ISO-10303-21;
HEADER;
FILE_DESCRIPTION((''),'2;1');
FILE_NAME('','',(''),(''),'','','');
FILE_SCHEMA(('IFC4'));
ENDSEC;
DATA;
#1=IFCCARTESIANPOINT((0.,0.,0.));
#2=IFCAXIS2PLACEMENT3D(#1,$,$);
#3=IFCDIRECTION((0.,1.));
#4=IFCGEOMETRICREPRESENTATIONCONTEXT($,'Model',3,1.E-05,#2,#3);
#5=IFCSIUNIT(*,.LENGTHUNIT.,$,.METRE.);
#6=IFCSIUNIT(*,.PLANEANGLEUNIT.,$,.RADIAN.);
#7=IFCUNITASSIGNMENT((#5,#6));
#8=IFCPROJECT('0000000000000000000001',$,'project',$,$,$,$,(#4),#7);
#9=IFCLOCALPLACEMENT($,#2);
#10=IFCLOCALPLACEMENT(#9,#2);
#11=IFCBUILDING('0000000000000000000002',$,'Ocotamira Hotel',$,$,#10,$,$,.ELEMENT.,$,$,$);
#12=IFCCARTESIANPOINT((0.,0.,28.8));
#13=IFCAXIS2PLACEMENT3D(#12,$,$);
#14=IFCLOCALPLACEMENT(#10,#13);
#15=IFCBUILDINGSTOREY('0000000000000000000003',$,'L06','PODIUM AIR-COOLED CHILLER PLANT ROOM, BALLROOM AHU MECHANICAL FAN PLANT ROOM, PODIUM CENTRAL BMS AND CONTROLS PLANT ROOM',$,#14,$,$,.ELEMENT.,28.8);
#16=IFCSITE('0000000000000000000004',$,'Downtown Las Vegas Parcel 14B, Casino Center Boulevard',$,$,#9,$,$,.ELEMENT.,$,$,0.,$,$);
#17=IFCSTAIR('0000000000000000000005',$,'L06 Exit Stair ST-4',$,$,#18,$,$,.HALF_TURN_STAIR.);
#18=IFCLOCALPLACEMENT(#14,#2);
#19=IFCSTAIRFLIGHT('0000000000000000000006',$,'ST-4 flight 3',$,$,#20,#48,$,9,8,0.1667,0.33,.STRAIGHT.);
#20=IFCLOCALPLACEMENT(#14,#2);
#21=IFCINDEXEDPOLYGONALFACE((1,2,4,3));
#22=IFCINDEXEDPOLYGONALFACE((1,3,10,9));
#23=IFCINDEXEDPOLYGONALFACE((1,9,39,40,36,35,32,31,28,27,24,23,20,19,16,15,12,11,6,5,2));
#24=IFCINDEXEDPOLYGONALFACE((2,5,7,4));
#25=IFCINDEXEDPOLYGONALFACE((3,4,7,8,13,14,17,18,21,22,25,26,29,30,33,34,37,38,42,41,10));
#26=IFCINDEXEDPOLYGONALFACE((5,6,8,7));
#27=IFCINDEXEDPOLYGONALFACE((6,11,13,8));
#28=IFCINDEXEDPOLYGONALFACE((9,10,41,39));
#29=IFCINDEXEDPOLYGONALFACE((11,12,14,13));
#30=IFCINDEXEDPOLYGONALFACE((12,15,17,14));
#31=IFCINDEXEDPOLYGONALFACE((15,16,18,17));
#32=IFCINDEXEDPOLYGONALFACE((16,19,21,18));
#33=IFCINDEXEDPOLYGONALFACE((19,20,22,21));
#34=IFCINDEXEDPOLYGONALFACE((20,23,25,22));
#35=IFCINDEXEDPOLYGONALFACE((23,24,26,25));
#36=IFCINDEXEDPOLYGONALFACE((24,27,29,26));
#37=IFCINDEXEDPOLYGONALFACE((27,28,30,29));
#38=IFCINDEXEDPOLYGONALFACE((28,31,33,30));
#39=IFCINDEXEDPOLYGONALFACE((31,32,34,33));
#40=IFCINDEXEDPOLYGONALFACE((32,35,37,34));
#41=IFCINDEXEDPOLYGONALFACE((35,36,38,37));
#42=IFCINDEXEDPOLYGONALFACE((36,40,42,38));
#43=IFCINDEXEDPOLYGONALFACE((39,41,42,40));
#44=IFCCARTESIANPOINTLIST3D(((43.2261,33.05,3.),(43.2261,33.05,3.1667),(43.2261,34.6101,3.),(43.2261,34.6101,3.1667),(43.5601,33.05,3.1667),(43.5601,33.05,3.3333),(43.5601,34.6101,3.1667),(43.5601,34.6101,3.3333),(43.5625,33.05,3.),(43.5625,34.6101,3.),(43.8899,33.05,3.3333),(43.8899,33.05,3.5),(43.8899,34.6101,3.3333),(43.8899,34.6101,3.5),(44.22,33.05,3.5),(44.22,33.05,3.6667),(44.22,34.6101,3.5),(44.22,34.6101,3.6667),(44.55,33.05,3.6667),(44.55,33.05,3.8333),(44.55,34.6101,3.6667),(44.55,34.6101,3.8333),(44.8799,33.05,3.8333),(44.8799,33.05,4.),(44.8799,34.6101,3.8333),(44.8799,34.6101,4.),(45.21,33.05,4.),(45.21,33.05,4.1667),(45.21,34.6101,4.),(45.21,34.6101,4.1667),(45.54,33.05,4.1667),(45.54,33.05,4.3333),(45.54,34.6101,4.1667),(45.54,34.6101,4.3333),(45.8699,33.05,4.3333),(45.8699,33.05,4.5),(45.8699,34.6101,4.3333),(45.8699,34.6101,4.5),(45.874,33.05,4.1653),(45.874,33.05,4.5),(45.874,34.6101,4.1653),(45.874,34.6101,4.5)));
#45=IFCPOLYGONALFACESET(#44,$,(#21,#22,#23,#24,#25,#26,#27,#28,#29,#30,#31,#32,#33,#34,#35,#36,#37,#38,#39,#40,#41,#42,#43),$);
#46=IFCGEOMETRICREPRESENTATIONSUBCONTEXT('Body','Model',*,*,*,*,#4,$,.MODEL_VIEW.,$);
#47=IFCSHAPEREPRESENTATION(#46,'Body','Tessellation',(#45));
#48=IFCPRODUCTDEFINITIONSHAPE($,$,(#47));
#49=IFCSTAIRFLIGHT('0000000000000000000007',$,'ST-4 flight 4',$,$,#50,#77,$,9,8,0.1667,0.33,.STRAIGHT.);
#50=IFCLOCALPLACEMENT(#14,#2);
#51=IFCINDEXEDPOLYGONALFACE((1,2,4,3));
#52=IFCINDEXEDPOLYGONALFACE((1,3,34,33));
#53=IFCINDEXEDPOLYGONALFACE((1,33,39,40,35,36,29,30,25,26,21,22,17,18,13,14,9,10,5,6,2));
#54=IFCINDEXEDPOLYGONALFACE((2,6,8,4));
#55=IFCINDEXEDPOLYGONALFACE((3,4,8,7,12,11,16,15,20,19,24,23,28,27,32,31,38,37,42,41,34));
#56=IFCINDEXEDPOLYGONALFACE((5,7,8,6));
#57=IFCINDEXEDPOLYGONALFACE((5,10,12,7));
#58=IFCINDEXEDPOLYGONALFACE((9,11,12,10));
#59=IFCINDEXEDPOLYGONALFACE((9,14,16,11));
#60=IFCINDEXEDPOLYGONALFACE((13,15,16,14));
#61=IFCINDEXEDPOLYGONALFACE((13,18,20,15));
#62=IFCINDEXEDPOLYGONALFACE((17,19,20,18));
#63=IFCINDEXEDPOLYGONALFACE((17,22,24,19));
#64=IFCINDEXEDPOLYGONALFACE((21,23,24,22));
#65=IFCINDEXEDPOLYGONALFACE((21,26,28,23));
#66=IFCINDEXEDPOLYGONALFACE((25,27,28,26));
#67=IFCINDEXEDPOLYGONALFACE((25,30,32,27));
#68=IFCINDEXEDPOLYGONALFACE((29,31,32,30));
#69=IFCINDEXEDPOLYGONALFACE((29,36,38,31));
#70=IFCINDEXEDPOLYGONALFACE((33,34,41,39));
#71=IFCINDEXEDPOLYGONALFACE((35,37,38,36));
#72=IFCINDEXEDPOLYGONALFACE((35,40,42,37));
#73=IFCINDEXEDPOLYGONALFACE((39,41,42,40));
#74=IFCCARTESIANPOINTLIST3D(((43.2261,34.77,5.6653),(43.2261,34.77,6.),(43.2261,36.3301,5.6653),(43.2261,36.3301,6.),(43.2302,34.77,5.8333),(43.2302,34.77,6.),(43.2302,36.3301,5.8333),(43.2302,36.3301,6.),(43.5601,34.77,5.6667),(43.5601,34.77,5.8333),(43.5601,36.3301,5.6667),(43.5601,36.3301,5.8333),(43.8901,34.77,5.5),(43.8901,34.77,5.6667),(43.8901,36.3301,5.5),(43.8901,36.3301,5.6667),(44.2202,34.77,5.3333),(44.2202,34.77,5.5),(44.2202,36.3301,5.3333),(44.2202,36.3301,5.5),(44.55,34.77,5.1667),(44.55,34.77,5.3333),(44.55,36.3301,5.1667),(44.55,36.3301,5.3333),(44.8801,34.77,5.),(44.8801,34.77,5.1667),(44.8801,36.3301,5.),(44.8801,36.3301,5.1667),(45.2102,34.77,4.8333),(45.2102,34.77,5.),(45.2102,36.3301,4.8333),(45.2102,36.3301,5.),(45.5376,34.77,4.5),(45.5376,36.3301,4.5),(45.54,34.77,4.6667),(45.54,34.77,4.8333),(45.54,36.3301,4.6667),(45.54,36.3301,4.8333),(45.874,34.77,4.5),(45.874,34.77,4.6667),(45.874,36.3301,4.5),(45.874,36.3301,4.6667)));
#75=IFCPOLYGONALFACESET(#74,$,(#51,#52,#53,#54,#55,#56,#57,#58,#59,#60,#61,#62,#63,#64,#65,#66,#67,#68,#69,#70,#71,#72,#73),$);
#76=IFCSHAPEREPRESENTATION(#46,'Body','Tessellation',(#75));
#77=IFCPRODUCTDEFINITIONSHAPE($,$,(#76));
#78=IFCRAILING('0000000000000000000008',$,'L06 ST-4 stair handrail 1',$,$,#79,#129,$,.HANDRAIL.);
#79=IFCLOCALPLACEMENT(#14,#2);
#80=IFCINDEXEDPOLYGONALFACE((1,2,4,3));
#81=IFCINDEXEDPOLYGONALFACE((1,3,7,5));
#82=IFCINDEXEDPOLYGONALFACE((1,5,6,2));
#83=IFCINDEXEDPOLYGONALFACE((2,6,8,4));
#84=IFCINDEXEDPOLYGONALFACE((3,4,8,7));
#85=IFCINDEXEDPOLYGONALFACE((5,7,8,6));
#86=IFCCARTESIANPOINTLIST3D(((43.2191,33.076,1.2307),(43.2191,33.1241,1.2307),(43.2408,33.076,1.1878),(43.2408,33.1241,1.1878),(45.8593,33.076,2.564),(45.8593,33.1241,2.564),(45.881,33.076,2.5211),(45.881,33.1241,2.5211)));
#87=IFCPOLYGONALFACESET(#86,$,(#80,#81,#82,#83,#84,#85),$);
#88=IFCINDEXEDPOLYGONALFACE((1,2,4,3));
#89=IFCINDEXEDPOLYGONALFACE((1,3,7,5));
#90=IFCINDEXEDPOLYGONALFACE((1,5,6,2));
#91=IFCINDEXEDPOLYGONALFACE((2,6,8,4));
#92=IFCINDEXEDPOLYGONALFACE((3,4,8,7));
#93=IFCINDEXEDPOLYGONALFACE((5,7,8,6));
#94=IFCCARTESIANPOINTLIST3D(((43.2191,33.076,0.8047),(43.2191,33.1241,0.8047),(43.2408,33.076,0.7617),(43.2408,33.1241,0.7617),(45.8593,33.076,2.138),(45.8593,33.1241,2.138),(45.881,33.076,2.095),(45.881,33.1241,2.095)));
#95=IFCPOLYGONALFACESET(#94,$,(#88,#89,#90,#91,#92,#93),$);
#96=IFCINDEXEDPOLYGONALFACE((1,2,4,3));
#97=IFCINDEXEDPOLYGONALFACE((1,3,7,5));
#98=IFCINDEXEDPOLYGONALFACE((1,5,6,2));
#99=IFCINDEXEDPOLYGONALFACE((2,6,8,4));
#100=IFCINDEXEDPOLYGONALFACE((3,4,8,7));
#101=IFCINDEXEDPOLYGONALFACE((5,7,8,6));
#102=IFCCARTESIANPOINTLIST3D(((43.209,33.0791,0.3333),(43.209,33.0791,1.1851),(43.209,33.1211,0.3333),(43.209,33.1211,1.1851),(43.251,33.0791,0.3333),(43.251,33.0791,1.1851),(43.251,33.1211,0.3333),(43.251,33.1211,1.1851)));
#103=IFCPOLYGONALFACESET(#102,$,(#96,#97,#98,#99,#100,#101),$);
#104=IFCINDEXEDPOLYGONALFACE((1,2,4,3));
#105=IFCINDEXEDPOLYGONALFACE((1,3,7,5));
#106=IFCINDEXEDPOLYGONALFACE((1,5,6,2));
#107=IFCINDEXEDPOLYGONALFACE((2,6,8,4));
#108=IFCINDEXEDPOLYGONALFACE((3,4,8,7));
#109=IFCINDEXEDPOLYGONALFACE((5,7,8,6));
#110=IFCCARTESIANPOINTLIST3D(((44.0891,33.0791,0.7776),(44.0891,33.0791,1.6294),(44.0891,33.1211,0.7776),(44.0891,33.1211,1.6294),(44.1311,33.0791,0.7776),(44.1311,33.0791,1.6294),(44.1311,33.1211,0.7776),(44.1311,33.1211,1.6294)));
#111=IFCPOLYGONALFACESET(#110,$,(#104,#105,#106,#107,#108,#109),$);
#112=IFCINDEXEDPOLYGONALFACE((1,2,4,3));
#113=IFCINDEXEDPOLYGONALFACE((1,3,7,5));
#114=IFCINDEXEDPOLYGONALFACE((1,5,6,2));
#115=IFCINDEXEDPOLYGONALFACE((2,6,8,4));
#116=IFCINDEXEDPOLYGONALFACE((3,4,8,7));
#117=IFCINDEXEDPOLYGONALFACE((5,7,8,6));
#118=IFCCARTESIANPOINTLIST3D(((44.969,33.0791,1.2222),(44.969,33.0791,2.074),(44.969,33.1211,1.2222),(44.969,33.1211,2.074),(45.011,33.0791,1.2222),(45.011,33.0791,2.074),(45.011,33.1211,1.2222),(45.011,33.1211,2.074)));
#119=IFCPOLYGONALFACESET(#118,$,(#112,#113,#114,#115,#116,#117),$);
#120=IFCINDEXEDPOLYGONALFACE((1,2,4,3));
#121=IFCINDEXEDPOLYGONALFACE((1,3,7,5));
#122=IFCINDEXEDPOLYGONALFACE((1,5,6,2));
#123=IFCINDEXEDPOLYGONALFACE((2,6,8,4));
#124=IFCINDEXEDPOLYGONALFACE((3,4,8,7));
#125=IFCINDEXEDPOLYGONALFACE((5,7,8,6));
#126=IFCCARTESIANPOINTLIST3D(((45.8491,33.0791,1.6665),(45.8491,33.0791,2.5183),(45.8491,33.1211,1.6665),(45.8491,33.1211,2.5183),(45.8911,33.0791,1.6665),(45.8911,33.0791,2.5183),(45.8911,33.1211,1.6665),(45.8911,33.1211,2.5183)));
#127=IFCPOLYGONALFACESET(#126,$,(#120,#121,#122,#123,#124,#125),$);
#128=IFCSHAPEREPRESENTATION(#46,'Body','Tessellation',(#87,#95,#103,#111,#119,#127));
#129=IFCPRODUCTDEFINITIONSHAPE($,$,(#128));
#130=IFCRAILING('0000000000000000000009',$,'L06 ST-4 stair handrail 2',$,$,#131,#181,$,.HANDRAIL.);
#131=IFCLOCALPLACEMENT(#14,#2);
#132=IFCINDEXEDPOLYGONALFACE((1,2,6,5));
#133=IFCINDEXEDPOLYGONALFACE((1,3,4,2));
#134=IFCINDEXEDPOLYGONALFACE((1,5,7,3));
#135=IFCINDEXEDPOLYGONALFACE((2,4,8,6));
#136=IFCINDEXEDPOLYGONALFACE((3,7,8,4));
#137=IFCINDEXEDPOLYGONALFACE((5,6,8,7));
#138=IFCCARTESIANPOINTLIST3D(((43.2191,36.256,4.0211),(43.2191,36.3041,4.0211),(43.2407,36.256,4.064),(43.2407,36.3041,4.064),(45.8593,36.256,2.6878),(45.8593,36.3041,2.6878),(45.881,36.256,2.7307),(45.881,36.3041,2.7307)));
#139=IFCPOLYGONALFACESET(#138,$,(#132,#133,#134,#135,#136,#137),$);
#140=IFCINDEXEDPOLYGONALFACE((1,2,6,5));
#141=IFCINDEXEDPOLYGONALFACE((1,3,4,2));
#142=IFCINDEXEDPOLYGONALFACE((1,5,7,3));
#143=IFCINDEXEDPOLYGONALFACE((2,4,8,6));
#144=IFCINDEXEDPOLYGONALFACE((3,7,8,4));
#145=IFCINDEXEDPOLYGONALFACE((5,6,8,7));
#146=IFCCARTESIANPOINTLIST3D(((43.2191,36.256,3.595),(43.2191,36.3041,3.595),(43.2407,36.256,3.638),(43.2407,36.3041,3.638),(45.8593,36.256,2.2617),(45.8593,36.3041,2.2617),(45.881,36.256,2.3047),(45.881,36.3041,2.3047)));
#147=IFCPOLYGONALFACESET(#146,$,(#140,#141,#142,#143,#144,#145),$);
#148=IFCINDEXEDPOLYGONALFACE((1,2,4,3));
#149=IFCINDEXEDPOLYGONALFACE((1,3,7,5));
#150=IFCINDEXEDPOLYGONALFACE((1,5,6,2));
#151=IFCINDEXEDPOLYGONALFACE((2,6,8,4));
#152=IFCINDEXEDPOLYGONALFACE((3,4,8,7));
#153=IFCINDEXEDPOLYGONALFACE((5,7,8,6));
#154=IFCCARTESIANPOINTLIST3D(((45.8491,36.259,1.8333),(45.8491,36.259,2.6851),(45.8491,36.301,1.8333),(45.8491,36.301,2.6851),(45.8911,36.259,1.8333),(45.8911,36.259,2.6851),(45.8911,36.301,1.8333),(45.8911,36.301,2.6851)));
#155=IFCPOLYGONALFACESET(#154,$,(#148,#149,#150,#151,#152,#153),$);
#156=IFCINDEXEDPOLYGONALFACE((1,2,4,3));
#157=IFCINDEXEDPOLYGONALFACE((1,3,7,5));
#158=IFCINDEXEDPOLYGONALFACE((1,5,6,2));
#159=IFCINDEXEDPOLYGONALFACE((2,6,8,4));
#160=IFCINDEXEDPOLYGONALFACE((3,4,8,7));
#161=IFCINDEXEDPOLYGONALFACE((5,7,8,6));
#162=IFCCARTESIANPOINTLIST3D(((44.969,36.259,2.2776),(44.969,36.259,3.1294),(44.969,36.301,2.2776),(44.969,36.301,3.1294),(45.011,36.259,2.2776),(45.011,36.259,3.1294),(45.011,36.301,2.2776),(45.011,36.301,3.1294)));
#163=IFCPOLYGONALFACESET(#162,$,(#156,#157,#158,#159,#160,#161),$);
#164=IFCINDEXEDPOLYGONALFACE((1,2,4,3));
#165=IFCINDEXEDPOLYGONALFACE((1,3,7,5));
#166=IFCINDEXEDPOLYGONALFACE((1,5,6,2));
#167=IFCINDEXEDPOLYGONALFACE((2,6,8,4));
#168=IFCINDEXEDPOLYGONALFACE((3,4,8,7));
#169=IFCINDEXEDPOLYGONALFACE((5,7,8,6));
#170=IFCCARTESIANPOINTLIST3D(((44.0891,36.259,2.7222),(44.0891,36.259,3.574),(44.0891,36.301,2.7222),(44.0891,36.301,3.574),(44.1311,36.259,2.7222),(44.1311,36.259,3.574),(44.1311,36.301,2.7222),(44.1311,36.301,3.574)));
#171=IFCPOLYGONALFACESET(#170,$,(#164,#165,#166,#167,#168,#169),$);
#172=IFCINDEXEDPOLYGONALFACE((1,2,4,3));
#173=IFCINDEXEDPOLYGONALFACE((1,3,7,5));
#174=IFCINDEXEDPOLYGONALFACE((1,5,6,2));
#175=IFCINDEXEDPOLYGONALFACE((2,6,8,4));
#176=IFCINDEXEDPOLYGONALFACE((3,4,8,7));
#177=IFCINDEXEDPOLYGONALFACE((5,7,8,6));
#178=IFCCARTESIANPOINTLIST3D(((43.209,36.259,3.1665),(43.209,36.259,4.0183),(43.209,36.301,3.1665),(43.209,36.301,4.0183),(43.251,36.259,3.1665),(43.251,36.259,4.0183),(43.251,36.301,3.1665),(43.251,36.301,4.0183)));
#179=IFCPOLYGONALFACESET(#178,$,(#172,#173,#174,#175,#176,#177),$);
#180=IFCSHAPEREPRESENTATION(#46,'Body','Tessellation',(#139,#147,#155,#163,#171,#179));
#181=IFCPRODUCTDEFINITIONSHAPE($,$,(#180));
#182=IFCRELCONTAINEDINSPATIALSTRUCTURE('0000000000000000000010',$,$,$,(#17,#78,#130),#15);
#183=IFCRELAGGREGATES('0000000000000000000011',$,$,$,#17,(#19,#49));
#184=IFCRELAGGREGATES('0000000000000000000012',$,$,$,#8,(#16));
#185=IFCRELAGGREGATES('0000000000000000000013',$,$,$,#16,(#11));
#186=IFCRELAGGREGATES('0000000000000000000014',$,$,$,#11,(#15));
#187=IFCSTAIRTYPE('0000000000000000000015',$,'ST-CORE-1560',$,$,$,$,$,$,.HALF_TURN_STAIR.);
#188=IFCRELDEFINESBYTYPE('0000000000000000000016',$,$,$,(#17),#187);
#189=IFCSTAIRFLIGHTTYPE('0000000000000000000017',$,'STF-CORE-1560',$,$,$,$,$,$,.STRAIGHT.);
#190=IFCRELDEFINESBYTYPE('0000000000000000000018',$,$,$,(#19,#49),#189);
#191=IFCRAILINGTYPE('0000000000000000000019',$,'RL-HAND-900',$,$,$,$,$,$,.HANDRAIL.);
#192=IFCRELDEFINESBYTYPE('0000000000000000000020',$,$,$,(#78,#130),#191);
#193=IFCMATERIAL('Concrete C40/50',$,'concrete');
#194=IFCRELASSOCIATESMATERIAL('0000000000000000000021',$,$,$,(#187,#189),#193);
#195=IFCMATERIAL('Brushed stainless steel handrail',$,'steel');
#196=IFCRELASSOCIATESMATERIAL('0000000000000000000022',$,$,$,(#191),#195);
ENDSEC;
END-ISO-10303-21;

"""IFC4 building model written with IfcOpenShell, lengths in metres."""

from ifc_helpers import new_model, si_unit, direction, frame, origin, origin_2d, place, context, subcontext, project, spatial, polyline, rectangle, outline, extrude, source, transform, mapped, material, type_object, element, aggregate, save


model = new_model("IFC4")

# Units and contexts
model_context = context("Model", 3, precision=1e-05, world=origin(), true_north=direction((0.0, 1.0)))
body_context = subcontext(model_context, "Body", "Model", "MODEL_VIEW")
ifc_project = project(units=[si_unit("LENGTHUNIT", "METRE"), si_unit("PLANEANGLEUNIT", "RADIAN")], contexts=[model_context])

# Site, building, storey
site_placement = place(None, origin())
site = spatial("IfcSite", under=ifc_project, at=site_placement, Name="Downtown Las Vegas Parcel 14B, Casino Center Boulevard", CompositionType="ELEMENT", RefElevation=0.0)
building_placement = place(site_placement, origin())
building = spatial("IfcBuilding", under=site, at=building_placement, Name="Ocotamira Hotel", CompositionType="ELEMENT")
storey_placement = place(building_placement, frame((0.0, 0.0, 28.8)))
storey = spatial("IfcBuildingStorey", under=building, at=storey_placement, Name="L06", Description="PODIUM AIR-COOLED CHILLER PLANT ROOM, BALLROOM AHU MECHANICAL FAN PLANT ROOM, PODIUM CENTRAL BMS AND CONTROLS PLANT ROOM", CompositionType="ELEMENT", Elevation=28.8)

# Stair, stair flights
ifc_material_1 = material(Name="Concrete C40/50", Category="concrete")
stair_type = type_object("IfcStairType", Name="ST-CORE-1560", PredefinedType="HALF_TURN_STAIR", material=ifc_material_1)
stair_placement = place(storey_placement, origin())
stair = element("IfcStair", 1, at=stair_placement, inside=storey, type_object=stair_type, Name="L06 Exit Stair ST-4", PredefinedType="HALF_TURN_STAIR")
stair_flight_type = type_object("IfcStairFlightType", Name="STF-CORE-1560", PredefinedType="STRAIGHT", material=ifc_material_1)
shared_shape_1 = source(origin(), body_context, "Body", "SweptSolid", [
    extrude(outline(polyline([(-0.0039, 0.0), (-0.0039, 0.1667), (0.3301, 0.1667), (0.3301, 0.3333), (0.6599, 0.3333), (0.6599, 0.5), (0.99, 0.5), (0.99, 0.6667), (1.3201, 0.6667), (1.3201, 0.8333), (1.6499, 0.8333), (1.6499, 1.0), (1.98, 1.0), (1.98, 1.1667), (2.3101, 1.1667), (2.3101, 1.3333), (2.6399, 1.3333), (2.6399, 1.5), (2.644, 1.5), (2.644, 1.1653), (0.3325, 0.0), (-0.0039, 0.0)])), frame((0.0, 0.78, 0.0), z_axis=(0.0, -1.0, 0.0), x_axis=(1.0, 0.0, 0.0)), (0.0, 0.0, 1.0), 1.5601),
])
stair_flight_1_placement = place(storey_placement, frame((43.23, 33.8301, 3.0), z_axis=(0.0, 0.0, 1.0), x_axis=(1.0, 0.0, 0.0)))
stair_flight_1 = element("IfcStairFlight", 2, at=stair_flight_1_placement, type_object=stair_flight_type, Name="ST-4 flight 3", NumberOfRisers=9, NumberOfTreads=8, PredefinedType="STRAIGHT", RiserHeight=0.1667, TreadLength=0.33, context=body_context, shape_type="MappedRepresentation", body=[
    mapped(shared_shape_1, transform((0.0, 0.0, 0.0), scale=1.0)),
])
stair_flight_2_placement = place(storey_placement, frame((45.8701, 35.55, 4.5), z_axis=(0.0, 0.0, 1.0), x_axis=(-1.0, 0.0, 0.0)))
stair_flight_2 = element("IfcStairFlight", 3, at=stair_flight_2_placement, type_object=stair_flight_type, Name="ST-4 flight 4", NumberOfRisers=9, NumberOfTreads=8, PredefinedType="STRAIGHT", RiserHeight=0.1667, TreadLength=0.33, context=body_context, shape_type="MappedRepresentation", body=[
    mapped(shared_shape_1, transform((0.0, 0.0, 0.0), scale=1.0)),
])
aggregate(stair, [stair_flight_1, stair_flight_2])

# Railings
ifc_material_2 = material(Name="Brushed stainless steel handrail", Category="steel")
railing_type_1 = type_object("IfcRailingType", Name="RL-HAND-900", PredefinedType="HANDRAIL", material=ifc_material_2)
railing_1_placement = place(storey_placement, frame((43.23, 33.1001, 0.3333)))
element("IfcRailing", 4, at=railing_1_placement, inside=storey, type_object=railing_type_1, Name="L06 ST-4 stair handrail 1", PredefinedType="HANDRAIL", context=body_context, shape_type="SweptSolid", body=[
    extrude(rectangle(XDim=0.0481, YDim=0.0481, at=origin_2d()), frame((0.0, 0.0, 0.876), z_axis=(0.892637, 0.0, 0.450776), x_axis=(0.0, 1.0, 0.0)), (0.0, 0.0, 1.0), 2.9578),
    extrude(rectangle(XDim=0.0481, YDim=0.0481, at=origin_2d()), frame((0.0, 0.0, 0.45), z_axis=(0.892637, 0.0, 0.450776), x_axis=(0.0, 1.0, 0.0)), (0.0, 0.0, 1.0), 2.9578),
    extrude(rectangle(XDim=0.042, YDim=0.042, at=origin_2d()), origin(), (0.0, 0.0, 1.0), 0.8518),
    extrude(rectangle(XDim=0.042, YDim=0.042, at=origin_2d()), frame((0.8801, 0.0, 0.4443)), (0.0, 0.0, 1.0), 0.8518),
    extrude(rectangle(XDim=0.042, YDim=0.042, at=origin_2d()), frame((1.76, 0.0, 0.8889)), (0.0, 0.0, 1.0), 0.8518),
    extrude(rectangle(XDim=0.042, YDim=0.042, at=origin_2d()), frame((2.6401, 0.0, 1.3333)), (0.0, 0.0, 1.0), 0.8518),
])
railing_2_placement = place(storey_placement, frame((45.8701, 36.28, 1.8333)))
element("IfcRailing", 5, at=railing_2_placement, inside=storey, type_object=railing_type_1, Name="L06 ST-4 stair handrail 2", PredefinedType="HANDRAIL", context=body_context, shape_type="SweptSolid", body=[
    extrude(rectangle(XDim=0.0481, YDim=0.0481, at=origin_2d()), frame((0.0, 0.0, 0.876), z_axis=(-0.892637, 0.0, 0.450776), x_axis=(0.0, -1.0, 0.0)), (0.0, 0.0, 1.0), 2.9578),
    extrude(rectangle(XDim=0.0481, YDim=0.0481, at=origin_2d()), frame((0.0, 0.0, 0.45), z_axis=(-0.892637, 0.0, 0.450776), x_axis=(0.0, -1.0, 0.0)), (0.0, 0.0, 1.0), 2.9578),
    extrude(rectangle(XDim=0.042, YDim=0.042, at=origin_2d()), origin(), (0.0, 0.0, 1.0), 0.8518),
    extrude(rectangle(XDim=0.042, YDim=0.042, at=origin_2d()), frame((-0.8801, 0.0, 0.4443)), (0.0, 0.0, 1.0), 0.8518),
    extrude(rectangle(XDim=0.042, YDim=0.042, at=origin_2d()), frame((-1.76, 0.0, 0.8889)), (0.0, 0.0, 1.0), 0.8518),
    extrude(rectangle(XDim=0.042, YDim=0.042, at=origin_2d()), frame((-2.6401, 0.0, 1.3333)), (0.0, 0.0, 1.0), 0.8518),
])

save(model, "model.ifc")
